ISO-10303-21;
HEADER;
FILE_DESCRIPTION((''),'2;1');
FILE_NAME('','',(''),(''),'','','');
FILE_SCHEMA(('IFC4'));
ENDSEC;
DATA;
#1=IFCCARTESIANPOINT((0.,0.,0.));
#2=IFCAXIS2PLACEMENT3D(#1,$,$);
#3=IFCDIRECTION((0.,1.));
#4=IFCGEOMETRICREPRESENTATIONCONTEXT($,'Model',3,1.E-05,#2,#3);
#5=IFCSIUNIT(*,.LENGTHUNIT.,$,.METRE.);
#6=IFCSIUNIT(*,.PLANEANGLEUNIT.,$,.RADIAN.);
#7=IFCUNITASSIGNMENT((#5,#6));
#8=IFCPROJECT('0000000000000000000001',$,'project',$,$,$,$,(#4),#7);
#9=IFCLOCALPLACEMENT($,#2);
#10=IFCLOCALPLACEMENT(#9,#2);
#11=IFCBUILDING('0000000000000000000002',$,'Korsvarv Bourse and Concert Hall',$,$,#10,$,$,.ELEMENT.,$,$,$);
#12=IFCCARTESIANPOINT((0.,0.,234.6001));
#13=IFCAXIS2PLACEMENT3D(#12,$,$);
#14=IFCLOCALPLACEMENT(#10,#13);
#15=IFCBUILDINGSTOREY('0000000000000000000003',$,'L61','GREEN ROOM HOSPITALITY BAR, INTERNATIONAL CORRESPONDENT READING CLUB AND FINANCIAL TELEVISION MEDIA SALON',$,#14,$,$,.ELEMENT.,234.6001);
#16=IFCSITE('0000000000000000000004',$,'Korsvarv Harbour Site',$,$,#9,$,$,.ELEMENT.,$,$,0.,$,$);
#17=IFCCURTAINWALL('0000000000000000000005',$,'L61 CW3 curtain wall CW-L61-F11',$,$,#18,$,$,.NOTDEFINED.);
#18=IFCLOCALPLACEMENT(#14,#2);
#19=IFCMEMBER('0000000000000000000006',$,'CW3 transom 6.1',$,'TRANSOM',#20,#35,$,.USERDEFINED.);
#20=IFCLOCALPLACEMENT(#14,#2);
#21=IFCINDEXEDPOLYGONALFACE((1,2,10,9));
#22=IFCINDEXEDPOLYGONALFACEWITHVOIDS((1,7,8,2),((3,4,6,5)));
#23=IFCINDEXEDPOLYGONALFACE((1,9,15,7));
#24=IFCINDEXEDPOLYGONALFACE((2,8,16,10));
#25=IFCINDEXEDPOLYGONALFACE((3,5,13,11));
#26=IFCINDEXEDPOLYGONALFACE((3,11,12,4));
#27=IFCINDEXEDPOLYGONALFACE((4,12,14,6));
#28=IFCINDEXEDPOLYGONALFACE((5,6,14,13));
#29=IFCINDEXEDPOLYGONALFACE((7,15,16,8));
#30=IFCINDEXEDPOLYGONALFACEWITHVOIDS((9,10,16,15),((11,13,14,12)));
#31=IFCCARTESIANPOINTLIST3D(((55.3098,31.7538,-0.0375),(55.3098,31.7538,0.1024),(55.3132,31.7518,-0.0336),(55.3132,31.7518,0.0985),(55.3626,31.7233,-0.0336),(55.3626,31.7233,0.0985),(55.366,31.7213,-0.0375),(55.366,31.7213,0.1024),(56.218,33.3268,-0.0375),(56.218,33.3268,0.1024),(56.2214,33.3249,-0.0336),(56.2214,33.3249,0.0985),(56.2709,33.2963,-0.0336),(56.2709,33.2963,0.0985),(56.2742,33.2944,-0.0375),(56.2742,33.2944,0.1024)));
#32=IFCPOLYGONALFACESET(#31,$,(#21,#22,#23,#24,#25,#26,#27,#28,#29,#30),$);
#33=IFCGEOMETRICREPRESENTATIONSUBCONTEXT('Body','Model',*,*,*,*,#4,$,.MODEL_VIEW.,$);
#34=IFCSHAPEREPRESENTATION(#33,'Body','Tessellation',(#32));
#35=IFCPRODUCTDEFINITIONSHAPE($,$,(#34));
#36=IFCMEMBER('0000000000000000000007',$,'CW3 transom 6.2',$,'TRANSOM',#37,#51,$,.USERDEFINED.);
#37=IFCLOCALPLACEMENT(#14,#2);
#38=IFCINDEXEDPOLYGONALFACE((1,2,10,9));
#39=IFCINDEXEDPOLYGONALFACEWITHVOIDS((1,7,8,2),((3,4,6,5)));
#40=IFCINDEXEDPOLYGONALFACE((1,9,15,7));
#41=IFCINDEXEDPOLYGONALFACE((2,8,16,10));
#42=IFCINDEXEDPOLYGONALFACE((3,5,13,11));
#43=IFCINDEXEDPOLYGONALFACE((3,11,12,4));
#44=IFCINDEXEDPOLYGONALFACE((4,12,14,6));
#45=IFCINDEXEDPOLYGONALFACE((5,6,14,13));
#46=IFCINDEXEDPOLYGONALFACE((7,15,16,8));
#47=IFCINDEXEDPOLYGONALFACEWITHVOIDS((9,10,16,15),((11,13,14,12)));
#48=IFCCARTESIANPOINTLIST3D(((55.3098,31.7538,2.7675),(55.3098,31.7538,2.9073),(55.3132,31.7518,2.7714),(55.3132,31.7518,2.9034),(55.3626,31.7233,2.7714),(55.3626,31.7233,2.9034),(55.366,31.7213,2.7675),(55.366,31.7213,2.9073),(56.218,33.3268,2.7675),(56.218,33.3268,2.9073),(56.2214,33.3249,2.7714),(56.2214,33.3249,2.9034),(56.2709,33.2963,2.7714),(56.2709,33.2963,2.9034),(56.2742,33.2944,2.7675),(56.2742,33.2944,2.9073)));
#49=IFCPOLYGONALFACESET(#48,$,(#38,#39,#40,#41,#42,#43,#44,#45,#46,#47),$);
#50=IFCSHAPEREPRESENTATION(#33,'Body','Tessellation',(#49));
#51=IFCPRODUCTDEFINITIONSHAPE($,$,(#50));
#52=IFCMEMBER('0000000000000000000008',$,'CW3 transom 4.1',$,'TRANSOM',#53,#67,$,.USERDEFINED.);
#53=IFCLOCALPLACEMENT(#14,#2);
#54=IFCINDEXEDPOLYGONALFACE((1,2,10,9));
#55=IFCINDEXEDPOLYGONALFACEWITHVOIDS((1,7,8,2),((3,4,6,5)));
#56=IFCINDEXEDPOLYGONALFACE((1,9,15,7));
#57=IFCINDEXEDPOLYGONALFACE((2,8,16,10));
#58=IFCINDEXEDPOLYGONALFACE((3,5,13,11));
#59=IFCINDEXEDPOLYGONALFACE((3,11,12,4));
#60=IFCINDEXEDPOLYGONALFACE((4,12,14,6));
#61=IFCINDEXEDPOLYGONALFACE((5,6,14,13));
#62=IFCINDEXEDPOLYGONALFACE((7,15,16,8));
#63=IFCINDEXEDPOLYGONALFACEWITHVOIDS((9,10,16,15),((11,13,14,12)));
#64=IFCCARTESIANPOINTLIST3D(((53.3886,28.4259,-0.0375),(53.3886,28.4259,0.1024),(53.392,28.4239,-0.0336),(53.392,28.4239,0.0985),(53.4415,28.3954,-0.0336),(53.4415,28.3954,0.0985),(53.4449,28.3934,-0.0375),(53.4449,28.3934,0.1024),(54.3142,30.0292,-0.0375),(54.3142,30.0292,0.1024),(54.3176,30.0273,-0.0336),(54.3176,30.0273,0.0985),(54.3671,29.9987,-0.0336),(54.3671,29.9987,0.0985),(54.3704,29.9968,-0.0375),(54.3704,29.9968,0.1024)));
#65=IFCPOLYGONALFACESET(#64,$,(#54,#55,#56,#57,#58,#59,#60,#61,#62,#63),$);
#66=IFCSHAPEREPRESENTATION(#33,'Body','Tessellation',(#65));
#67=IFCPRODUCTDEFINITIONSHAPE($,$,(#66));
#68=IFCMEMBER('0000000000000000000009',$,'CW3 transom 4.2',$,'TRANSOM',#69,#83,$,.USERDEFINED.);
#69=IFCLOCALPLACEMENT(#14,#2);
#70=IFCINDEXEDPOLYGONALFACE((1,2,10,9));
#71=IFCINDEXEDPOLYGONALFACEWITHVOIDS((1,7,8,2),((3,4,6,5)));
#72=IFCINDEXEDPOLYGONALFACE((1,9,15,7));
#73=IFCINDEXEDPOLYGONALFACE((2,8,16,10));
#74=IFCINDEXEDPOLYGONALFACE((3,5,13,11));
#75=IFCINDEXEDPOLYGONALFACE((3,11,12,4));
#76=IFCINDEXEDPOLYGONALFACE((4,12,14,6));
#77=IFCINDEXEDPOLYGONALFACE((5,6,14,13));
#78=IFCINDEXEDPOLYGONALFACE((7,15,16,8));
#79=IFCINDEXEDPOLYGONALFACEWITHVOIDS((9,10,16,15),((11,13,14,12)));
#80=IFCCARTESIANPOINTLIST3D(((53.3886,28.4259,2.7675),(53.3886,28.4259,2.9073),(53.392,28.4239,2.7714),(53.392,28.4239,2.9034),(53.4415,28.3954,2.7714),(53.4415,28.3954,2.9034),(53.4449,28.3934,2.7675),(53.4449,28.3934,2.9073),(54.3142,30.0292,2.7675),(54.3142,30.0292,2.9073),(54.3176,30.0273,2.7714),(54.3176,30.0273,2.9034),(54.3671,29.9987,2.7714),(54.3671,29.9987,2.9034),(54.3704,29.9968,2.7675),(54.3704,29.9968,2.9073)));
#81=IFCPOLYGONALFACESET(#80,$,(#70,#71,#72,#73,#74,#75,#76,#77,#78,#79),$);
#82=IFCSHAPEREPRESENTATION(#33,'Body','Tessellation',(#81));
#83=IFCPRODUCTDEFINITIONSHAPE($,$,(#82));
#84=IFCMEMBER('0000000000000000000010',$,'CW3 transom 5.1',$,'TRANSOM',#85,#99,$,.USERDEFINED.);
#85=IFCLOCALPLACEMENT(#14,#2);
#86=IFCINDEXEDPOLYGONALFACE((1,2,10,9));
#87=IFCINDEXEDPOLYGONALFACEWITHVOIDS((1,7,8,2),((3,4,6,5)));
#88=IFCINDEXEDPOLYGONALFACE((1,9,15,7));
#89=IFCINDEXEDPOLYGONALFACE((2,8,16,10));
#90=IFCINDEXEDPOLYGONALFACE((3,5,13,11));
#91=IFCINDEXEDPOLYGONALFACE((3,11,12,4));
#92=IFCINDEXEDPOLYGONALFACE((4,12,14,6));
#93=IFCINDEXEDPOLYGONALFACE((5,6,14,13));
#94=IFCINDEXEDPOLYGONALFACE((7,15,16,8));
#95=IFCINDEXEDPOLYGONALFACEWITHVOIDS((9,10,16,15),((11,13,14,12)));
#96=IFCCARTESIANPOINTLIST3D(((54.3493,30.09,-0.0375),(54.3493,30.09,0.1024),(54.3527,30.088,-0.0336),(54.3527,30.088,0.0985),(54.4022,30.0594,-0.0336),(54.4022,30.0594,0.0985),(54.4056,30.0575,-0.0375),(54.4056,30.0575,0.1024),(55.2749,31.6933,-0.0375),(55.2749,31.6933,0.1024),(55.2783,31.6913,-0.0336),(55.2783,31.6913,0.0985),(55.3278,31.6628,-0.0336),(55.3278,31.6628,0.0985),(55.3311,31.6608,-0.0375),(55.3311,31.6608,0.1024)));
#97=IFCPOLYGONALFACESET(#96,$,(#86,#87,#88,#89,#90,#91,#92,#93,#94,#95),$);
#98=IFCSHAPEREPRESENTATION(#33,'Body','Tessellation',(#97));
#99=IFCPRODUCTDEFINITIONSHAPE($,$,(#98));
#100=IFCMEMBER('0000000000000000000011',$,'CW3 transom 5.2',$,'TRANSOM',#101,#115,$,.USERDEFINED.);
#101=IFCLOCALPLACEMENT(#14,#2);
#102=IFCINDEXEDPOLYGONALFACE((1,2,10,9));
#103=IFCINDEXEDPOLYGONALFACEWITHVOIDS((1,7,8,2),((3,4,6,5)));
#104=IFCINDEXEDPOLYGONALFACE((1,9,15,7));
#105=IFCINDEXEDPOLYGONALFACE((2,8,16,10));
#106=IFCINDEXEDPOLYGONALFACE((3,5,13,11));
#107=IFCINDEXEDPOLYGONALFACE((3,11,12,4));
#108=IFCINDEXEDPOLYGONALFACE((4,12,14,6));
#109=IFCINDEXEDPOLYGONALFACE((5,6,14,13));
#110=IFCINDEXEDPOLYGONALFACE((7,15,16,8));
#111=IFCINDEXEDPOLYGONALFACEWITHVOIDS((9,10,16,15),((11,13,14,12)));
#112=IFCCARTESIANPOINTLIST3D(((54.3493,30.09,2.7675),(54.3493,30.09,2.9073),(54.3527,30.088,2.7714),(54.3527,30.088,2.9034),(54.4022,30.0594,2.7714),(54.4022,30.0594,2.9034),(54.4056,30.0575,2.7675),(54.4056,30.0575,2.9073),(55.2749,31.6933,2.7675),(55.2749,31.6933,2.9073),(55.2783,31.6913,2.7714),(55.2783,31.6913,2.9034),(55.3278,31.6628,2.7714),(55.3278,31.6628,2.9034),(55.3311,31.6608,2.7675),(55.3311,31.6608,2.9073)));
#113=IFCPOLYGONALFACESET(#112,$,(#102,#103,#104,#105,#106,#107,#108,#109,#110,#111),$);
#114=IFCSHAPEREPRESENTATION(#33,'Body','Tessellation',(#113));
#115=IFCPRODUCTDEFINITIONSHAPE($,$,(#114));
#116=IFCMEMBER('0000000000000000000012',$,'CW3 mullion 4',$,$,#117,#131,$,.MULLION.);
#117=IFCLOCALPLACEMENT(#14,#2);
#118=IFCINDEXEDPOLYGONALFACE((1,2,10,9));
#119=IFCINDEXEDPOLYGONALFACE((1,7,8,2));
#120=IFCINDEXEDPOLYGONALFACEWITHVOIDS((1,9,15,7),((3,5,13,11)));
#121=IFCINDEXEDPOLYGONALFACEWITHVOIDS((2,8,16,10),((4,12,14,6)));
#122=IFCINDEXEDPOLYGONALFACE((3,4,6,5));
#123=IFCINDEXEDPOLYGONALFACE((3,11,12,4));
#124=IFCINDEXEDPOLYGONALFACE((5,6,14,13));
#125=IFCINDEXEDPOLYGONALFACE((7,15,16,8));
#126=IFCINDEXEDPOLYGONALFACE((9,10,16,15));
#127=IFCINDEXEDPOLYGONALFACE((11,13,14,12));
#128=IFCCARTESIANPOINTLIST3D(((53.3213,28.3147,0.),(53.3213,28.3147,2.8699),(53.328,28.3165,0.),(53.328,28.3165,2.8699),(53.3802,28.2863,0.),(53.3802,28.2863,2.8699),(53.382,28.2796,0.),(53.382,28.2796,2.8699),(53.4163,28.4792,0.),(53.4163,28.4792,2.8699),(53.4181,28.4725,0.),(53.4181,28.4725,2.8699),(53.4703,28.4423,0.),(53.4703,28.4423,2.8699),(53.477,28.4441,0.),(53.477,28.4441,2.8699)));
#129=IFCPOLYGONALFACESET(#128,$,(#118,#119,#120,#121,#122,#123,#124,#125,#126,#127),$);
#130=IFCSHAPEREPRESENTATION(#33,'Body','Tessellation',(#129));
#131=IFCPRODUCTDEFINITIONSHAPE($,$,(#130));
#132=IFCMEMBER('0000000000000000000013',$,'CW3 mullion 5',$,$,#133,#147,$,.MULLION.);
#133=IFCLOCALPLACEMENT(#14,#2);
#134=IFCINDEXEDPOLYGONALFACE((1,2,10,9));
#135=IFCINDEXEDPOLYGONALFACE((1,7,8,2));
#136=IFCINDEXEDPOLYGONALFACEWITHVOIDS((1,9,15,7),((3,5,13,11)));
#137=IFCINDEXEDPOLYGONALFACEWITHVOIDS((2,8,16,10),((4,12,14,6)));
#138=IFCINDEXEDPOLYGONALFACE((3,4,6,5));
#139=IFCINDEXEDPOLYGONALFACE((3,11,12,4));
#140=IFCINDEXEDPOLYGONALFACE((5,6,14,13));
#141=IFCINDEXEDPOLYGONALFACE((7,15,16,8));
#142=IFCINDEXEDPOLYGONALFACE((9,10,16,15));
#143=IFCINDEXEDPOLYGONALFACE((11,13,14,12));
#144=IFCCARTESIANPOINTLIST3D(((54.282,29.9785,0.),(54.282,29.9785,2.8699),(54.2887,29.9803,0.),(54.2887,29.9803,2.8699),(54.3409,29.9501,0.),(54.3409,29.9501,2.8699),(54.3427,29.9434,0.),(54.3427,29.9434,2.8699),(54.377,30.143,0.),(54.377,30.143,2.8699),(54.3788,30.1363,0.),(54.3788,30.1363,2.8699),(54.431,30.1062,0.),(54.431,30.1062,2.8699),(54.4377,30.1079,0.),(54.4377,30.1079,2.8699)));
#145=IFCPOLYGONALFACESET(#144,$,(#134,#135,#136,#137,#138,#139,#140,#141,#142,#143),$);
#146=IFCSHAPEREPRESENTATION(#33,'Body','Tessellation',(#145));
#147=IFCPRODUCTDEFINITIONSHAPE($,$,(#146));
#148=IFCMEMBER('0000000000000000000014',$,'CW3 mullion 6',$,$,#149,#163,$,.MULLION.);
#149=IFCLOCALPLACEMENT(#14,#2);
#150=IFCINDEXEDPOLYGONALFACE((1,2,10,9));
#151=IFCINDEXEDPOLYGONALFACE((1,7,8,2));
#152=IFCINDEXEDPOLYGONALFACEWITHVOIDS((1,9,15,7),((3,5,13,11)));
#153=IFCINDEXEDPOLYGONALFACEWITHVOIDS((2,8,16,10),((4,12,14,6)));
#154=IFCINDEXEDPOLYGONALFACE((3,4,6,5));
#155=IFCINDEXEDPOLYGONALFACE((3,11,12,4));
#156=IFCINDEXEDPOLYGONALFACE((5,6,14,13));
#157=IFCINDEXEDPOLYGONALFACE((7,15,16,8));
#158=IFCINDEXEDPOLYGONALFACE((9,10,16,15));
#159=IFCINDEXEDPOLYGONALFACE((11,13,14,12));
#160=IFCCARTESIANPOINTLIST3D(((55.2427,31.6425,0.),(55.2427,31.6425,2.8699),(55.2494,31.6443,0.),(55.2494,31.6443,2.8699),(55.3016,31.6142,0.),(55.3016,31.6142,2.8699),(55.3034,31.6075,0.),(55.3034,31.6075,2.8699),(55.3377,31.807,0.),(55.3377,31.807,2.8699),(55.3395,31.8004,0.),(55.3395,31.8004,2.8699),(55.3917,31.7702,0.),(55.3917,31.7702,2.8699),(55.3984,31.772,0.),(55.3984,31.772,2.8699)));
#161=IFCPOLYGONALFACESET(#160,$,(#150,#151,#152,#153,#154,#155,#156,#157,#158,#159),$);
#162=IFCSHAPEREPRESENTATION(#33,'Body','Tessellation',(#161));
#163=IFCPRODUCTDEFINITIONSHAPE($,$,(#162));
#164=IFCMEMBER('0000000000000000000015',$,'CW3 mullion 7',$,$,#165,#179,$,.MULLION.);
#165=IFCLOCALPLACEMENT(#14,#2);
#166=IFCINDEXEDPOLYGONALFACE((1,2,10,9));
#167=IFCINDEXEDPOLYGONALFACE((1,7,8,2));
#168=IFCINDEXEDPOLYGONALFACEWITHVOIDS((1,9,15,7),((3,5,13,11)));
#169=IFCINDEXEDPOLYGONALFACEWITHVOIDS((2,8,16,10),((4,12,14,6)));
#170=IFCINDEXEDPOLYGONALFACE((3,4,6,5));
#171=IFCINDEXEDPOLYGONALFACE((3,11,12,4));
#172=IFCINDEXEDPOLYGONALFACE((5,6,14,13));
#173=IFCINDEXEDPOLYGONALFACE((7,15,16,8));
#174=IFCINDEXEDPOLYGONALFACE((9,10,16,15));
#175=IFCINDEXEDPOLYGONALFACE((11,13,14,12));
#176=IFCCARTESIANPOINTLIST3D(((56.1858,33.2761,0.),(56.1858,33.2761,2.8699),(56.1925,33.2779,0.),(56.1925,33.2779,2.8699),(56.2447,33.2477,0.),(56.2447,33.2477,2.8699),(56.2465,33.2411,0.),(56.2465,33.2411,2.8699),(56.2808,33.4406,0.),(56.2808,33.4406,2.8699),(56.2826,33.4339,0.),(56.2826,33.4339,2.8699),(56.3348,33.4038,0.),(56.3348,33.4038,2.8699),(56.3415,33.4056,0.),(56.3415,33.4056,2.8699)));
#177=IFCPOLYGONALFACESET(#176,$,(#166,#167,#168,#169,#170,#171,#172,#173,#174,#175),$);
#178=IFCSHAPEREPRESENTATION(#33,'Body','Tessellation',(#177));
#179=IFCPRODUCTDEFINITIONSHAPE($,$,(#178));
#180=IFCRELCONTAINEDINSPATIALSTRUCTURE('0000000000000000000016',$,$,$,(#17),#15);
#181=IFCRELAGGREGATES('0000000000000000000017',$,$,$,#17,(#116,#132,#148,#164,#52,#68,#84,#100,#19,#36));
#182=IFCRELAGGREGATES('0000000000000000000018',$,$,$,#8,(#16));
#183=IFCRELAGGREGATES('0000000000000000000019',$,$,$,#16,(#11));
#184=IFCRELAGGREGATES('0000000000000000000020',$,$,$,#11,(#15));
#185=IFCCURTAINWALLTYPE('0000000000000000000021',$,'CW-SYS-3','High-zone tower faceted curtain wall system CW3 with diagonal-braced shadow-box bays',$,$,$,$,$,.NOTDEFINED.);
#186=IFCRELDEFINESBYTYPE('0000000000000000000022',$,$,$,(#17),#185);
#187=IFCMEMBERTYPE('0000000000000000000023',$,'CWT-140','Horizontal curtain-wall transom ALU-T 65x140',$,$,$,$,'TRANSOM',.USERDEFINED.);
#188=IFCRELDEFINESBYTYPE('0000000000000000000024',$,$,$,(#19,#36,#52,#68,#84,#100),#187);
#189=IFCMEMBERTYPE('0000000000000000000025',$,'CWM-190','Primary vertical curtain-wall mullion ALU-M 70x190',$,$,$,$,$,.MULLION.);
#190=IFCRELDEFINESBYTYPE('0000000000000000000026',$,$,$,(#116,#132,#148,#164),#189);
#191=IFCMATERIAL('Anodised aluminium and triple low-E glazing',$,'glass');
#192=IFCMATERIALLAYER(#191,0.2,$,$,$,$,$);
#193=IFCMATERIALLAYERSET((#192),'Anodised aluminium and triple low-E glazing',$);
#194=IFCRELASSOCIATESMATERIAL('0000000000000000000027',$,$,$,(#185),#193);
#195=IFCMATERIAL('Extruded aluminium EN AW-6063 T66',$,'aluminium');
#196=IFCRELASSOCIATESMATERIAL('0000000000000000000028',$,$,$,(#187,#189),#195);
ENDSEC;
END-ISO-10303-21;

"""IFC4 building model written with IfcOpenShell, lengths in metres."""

from ifc_helpers import new_model, si_unit, direction, frame, origin, origin_2d, place, context, subcontext, project, spatial, hollow_rectangle, extrude, source, transform, mapped, material, layer, layer_set, material_profile, profile_set, type_object, element, aggregate, save


model = new_model("IFC4")

# Units and contexts
model_context = context("Model", 3, precision=1e-05, world=origin(), true_north=direction((0.0, 1.0)))
body_context = subcontext(model_context, "Body", "Model", "MODEL_VIEW")
ifc_project = project(units=[si_unit("LENGTHUNIT", "METRE"), si_unit("PLANEANGLEUNIT", "RADIAN")], contexts=[model_context])

# Site, building, storey
site_placement = place(None, origin())
site = spatial("IfcSite", under=ifc_project, at=site_placement, Name="Korsvarv Harbour Site", CompositionType="ELEMENT", RefElevation=0.0)
building_placement = place(site_placement, origin())
building = spatial("IfcBuilding", under=site, at=building_placement, Name="Korsvarv Bourse and Concert Hall", CompositionType="ELEMENT")
storey_placement = place(building_placement, frame((0.0, 0.0, 234.6001)))
storey = spatial("IfcBuildingStorey", under=building, at=storey_placement, Name="L61", Description="GREEN ROOM HOSPITALITY BAR, INTERNATIONAL CORRESPONDENT READING CLUB AND FINANCIAL TELEVISION MEDIA SALON", CompositionType="ELEMENT", Elevation=234.6001)

# Curtain wall, members
ifc_material_1 = material(Name="Anodised aluminium and triple low-E glazing", Category="glass")
ifc_layer_1 = layer(ifc_material_1, 0.2)
ifc_layer_set_1 = layer_set([ifc_layer_1], Name="Anodised aluminium and triple low-E glazing")
curtain_wall_type = type_object("IfcCurtainWallType", Name="CW-SYS-3", Description="High-zone tower faceted curtain wall system CW3 with diagonal-braced shadow-box bays", PredefinedType="NOTDEFINED", material=ifc_layer_set_1)
curtain_wall_placement = place(storey_placement, origin())
curtain_wall = element("IfcCurtainWall", 1, at=curtain_wall_placement, inside=storey, type_object=curtain_wall_type, Name="L61 CW3 curtain wall CW-L61-F11", PredefinedType="NOTDEFINED")
ifc_material_2 = material(Name="Extruded aluminium EN AW-6063 T66", Category="aluminium")
ifc_material_profile_1 = material_profile(ifc_material_2, hollow_rectangle(XDim=0.0649, YDim=0.1399, WallThickness=0.0039, at=origin_2d()), Name="ALU-T 65x140")
ifc_profile_set_1 = profile_set([ifc_material_profile_1], Name="Extruded aluminium EN AW-6063 T66")
member_type_1 = type_object("IfcMemberType", Name="CWT-140", Description="Horizontal curtain-wall transom ALU-T 65x140", ElementType="TRANSOM", PredefinedType="USERDEFINED", material=ifc_profile_set_1)
shared_shape_1 = source(origin(), body_context, "Body", "SweptSolid", [
    extrude(hollow_rectangle(XDim=0.0649, YDim=0.1399, WallThickness=0.0039, at=origin_2d()), origin(), (0.0, 0.0, 1.0), 1.8164),
])
member_1_placement = place(storey_placement, frame((55.3379, 31.7375, 0.0325), z_axis=(0.500013, 0.866018, 0.0), x_axis=(-0.866018, 0.500013, 0.0)))
member_1 = element("IfcMember", 2, at=member_1_placement, type_object=member_type_1, Name="CW3 transom 6.1", ObjectType="TRANSOM", PredefinedType="USERDEFINED", context=body_context, shape_type="MappedRepresentation", body=[
    mapped(shared_shape_1, transform((0.0, 0.0, 0.0), scale=1.0)),
])
member_2_placement = place(storey_placement, frame((55.3379, 31.7375, 2.8374), z_axis=(0.500013, 0.866018, 0.0), x_axis=(-0.866018, 0.500013, 0.0)))
member_2 = element("IfcMember", 3, at=member_2_placement, type_object=member_type_1, Name="CW3 transom 6.2", ObjectType="TRANSOM", PredefinedType="USERDEFINED", context=body_context, shape_type="MappedRepresentation", body=[
    mapped(shared_shape_1, transform((0.0, 0.0, 0.0), scale=1.0)),
])
shared_shape_2 = source(origin(), body_context, "Body", "SweptSolid", [
    extrude(hollow_rectangle(XDim=0.0649, YDim=0.1399, WallThickness=0.0039, at=origin_2d()), origin(), (0.0, 0.0, 1.0), 1.8513),
])
member_3_placement = place(storey_placement, frame((53.4167, 28.4097, 0.0325), z_axis=(0.499955, 0.866052, 0.0), x_axis=(-0.866052, 0.499955, 0.0)))
member_3 = element("IfcMember", 4, at=member_3_placement, type_object=member_type_1, Name="CW3 transom 4.1", ObjectType="TRANSOM", PredefinedType="USERDEFINED", context=body_context, shape_type="MappedRepresentation", body=[
    mapped(shared_shape_2, transform((0.0, 0.0, 0.0), scale=1.0)),
])
member_4_placement = place(storey_placement, frame((53.4167, 28.4097, 2.8374), z_axis=(0.499955, 0.866052, 0.0), x_axis=(-0.866052, 0.499955, 0.0)))
member_4 = element("IfcMember", 5, at=member_4_placement, type_object=member_type_1, Name="CW3 transom 4.2", ObjectType="TRANSOM", PredefinedType="USERDEFINED", context=body_context, shape_type="MappedRepresentation", body=[
    mapped(shared_shape_2, transform((0.0, 0.0, 0.0), scale=1.0)),
])
member_5_placement = place(storey_placement, frame((54.3774, 30.0737, 0.0325), z_axis=(0.499955, 0.866052, 0.0), x_axis=(-0.866052, 0.499955, 0.0)))
member_5 = element("IfcMember", 6, at=member_5_placement, type_object=member_type_1, Name="CW3 transom 5.1", ObjectType="TRANSOM", PredefinedType="USERDEFINED", context=body_context, shape_type="MappedRepresentation", body=[
    mapped(shared_shape_2, transform((0.0, 0.0, 0.0), scale=1.0)),
])
member_6_placement = place(storey_placement, frame((54.3774, 30.0737, 2.8374), z_axis=(0.499955, 0.866052, 0.0), x_axis=(-0.866052, 0.499955, 0.0)))
member_6 = element("IfcMember", 7, at=member_6_placement, type_object=member_type_1, Name="CW3 transom 5.2", ObjectType="TRANSOM", PredefinedType="USERDEFINED", context=body_context, shape_type="MappedRepresentation", body=[
    mapped(shared_shape_2, transform((0.0, 0.0, 0.0), scale=1.0)),
])
ifc_material_profile_2 = material_profile(ifc_material_2, hollow_rectangle(XDim=0.0701, YDim=0.1899, WallThickness=0.0049, at=origin_2d()), Name="ALU-M 70x190")
ifc_profile_set_2 = profile_set([ifc_material_profile_2], Name="Extruded aluminium EN AW-6063 T66")
member_type_2 = type_object("IfcMemberType", Name="CWM-190", Description="Primary vertical curtain-wall mullion ALU-M 70x190", PredefinedType="MULLION", material=ifc_profile_set_2)
shared_shape_3 = source(origin(), body_context, "Body", "SweptSolid", [
    extrude(hollow_rectangle(XDim=0.0701, YDim=0.1899, WallThickness=0.0049, at=origin_2d()), origin(), (0.0, 0.0, 1.0), 2.8699),
])
member_7_placement = place(storey_placement, frame((53.3992, 28.3794, 0.0), z_axis=(0.0, 0.0, 1.0), x_axis=(-0.866028, 0.499996, 0.0)))
member_7 = element("IfcMember", 8, at=member_7_placement, type_object=member_type_2, Name="CW3 mullion 4", PredefinedType="MULLION", context=body_context, shape_type="MappedRepresentation", body=[
    mapped(shared_shape_3, transform((0.0, 0.0, 0.0), scale=1.0)),
])
member_8_placement = place(storey_placement, frame((54.3599, 30.0432, 0.0), z_axis=(0.0, 0.0, 1.0), x_axis=(-0.866028, 0.499996, 0.0)))
member_8 = element("IfcMember", 9, at=member_8_placement, type_object=member_type_2, Name="CW3 mullion 5", PredefinedType="MULLION", context=body_context, shape_type="MappedRepresentation", body=[
    mapped(shared_shape_3, transform((0.0, 0.0, 0.0), scale=1.0)),
])
member_9_placement = place(storey_placement, frame((55.3206, 31.7073, 0.0), z_axis=(0.0, 0.0, 1.0), x_axis=(-0.866028, 0.499996, 0.0)))
member_9 = element("IfcMember", 10, at=member_9_placement, type_object=member_type_2, Name="CW3 mullion 6", PredefinedType="MULLION", context=body_context, shape_type="MappedRepresentation", body=[
    mapped(shared_shape_3, transform((0.0, 0.0, 0.0), scale=1.0)),
])
member_10_placement = place(storey_placement, frame((56.2637, 33.3408, 0.0), z_axis=(0.0, 0.0, 1.0), x_axis=(-0.866028, 0.499996, 0.0)))
member_10 = element("IfcMember", 11, at=member_10_placement, type_object=member_type_2, Name="CW3 mullion 7", PredefinedType="MULLION", context=body_context, shape_type="MappedRepresentation", body=[
    mapped(shared_shape_3, transform((0.0, 0.0, 0.0), scale=1.0)),
])
aggregate(curtain_wall, [member_7, member_8, member_9, member_10, member_3, member_4, member_5, member_6, member_1, member_2])

save(model, "model.ifc")
